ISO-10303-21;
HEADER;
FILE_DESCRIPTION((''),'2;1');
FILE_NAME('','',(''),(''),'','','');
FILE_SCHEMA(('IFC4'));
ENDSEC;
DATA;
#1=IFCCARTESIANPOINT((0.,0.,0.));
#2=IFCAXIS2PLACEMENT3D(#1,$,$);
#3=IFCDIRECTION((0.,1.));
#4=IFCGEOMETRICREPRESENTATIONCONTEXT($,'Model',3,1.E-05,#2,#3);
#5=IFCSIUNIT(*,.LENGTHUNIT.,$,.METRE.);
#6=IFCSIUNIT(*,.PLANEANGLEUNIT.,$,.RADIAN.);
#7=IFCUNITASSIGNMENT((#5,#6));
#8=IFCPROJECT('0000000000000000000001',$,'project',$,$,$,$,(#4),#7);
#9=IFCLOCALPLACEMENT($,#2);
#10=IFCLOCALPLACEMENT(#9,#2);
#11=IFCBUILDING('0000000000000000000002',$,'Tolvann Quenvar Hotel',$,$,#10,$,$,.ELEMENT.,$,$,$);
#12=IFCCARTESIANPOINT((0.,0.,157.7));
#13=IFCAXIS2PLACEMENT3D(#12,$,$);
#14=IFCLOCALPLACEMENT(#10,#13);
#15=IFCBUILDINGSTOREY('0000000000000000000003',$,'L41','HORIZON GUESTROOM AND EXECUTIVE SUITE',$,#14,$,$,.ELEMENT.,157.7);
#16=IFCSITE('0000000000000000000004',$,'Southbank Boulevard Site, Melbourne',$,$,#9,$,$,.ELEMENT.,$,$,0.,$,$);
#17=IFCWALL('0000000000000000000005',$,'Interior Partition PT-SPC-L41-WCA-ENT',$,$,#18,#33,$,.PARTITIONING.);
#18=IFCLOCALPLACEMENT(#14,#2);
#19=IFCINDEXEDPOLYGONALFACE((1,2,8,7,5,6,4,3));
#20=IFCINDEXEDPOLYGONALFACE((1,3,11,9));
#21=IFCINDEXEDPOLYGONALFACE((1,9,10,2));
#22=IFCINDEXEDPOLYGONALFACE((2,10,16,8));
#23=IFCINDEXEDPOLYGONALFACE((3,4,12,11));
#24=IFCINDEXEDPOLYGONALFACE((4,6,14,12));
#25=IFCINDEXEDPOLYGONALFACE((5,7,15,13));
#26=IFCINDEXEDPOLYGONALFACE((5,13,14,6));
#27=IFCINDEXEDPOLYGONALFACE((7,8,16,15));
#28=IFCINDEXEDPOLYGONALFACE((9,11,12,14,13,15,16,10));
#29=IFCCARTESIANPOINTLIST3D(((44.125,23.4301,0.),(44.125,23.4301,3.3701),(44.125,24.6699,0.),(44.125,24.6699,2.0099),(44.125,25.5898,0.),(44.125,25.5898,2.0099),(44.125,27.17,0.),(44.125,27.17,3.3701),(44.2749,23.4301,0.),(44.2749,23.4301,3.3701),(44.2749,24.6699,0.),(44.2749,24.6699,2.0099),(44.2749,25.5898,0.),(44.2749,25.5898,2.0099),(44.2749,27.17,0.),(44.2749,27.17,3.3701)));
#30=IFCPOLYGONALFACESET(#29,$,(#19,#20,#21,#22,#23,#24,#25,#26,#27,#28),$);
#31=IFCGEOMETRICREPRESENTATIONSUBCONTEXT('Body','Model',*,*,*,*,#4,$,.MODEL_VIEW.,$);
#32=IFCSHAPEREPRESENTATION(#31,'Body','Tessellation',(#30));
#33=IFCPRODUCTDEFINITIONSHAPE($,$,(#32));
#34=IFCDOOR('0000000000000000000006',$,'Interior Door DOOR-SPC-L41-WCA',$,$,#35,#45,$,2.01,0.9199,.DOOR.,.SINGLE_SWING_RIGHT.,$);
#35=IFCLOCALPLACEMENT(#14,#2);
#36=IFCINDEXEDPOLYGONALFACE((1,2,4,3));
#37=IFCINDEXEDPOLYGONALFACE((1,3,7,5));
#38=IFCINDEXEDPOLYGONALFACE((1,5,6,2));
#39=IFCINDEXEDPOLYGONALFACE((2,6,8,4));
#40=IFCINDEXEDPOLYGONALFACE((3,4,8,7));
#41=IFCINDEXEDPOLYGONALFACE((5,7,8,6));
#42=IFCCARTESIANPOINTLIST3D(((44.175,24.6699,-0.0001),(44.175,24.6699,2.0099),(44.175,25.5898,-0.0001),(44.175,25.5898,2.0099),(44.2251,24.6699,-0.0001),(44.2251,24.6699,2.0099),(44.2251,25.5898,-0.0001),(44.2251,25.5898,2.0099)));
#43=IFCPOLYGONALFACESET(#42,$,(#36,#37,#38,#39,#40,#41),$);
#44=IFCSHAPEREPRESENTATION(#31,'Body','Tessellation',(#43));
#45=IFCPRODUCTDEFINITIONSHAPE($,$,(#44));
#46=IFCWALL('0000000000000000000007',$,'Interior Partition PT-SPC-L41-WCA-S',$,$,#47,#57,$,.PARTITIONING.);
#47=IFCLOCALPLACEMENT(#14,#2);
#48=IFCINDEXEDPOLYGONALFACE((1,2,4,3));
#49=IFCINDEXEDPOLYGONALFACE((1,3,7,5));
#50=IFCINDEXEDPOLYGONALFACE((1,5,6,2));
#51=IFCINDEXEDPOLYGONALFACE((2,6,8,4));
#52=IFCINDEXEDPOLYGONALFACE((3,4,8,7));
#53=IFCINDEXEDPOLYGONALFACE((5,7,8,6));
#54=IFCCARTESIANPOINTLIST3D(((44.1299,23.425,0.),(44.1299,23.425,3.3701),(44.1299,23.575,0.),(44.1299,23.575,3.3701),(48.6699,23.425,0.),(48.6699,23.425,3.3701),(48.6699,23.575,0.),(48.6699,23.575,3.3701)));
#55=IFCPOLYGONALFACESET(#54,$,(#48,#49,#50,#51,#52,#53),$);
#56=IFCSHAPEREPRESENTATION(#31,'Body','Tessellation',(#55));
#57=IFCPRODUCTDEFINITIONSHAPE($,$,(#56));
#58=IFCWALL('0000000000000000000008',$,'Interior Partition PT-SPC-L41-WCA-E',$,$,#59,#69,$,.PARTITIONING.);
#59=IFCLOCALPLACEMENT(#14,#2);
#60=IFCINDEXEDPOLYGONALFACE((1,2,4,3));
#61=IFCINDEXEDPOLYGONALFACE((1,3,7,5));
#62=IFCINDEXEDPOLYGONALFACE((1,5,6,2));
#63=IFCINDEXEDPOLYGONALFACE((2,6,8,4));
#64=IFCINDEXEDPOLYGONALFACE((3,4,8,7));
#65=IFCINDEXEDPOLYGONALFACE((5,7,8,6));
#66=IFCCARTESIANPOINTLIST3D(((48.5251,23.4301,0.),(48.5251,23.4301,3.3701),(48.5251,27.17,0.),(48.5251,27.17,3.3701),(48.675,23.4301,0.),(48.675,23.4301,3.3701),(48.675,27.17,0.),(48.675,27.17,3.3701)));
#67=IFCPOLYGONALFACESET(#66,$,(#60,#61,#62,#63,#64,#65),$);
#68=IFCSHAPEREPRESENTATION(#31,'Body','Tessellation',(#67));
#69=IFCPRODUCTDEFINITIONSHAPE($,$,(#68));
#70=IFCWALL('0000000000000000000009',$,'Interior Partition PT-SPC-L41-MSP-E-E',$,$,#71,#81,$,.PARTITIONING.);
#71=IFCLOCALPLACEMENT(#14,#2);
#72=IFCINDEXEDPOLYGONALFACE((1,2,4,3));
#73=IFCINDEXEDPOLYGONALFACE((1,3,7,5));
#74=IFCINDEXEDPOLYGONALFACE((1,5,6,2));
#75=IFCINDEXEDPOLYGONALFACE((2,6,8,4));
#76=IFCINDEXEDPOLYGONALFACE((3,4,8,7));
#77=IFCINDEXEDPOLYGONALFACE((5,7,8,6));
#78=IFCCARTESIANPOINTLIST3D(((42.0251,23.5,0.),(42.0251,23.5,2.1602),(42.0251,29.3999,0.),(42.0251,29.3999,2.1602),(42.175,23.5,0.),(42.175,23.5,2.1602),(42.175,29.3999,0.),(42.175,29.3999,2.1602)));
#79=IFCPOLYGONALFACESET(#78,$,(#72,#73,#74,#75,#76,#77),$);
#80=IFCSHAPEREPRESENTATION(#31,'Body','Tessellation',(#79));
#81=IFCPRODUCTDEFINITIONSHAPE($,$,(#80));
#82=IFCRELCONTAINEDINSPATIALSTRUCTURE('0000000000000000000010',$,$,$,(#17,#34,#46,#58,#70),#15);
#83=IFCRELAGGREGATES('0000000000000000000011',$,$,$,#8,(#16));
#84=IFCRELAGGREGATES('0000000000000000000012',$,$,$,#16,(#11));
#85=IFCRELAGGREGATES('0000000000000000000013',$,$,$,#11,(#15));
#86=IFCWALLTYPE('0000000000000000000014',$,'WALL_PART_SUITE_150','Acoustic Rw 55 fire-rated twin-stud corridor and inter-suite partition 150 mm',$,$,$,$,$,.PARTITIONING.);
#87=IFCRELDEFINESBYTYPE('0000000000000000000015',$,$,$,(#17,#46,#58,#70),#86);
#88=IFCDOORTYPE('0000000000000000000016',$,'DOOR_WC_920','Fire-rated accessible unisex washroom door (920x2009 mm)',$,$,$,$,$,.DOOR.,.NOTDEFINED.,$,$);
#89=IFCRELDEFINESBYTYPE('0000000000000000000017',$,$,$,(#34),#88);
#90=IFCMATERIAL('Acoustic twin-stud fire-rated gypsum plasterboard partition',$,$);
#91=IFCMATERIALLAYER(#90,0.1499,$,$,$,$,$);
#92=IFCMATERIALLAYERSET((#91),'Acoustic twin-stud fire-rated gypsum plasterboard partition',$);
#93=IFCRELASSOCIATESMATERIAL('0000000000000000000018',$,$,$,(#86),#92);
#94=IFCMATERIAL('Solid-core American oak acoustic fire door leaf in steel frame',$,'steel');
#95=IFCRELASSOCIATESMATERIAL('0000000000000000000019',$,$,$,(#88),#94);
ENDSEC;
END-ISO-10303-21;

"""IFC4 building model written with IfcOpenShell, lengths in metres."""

from ifc_helpers import new_model, si_unit, direction, frame, frame_2d, origin, place, context, subcontext, project, spatial, rectangle, extrude, source, transform, mapped, material, layer, layer_set, type_object, type_shapes, element, fill, save


model = new_model("IFC4")

# Units and contexts
model_context = context("Model", 3, precision=1e-05, world=origin(), true_north=direction((0.0, 1.0)))
body_context = subcontext(model_context, "Body", "Model", "MODEL_VIEW")
ifc_project = project(units=[si_unit("LENGTHUNIT", "METRE"), si_unit("PLANEANGLEUNIT", "RADIAN")], contexts=[model_context])

# Site, building, storey
site_placement = place(None, origin())
site = spatial("IfcSite", under=ifc_project, at=site_placement, Name="Southbank Boulevard Site, Melbourne", CompositionType="ELEMENT", RefElevation=0.0)
building_placement = place(site_placement, origin())
building = spatial("IfcBuilding", under=site, at=building_placement, Name="Tolvann Quenvar Hotel", CompositionType="ELEMENT")
storey_placement = place(building_placement, frame((0.0, 0.0, 157.7)))
storey = spatial("IfcBuildingStorey", under=building, at=storey_placement, Name="L41", Description="HORIZON GUESTROOM AND EXECUTIVE SUITE", CompositionType="ELEMENT", Elevation=157.7)

# Shared definitions
ifc_material_1 = material(Name="Acoustic twin-stud fire-rated gypsum plasterboard partition")
ifc_layer_1 = layer(ifc_material_1, 0.1499)
ifc_layer_set_1 = layer_set([ifc_layer_1], Name="Acoustic twin-stud fire-rated gypsum plasterboard partition")
wall_type_1 = type_object("IfcWallType", Name="WALL_PART_SUITE_150", Description="Acoustic Rw 55 fire-rated twin-stud corridor and inter-suite partition 150 mm", PredefinedType="PARTITIONING", material=ifc_layer_set_1)
ifc_material_2 = material(Name="Solid-core American oak acoustic fire door leaf in steel frame", Category="steel")
door_type_1 = type_object("IfcDoorType", Name="DOOR_WC_920", Description="Fire-rated accessible unisex washroom door (920x2009 mm)", OperationType="NOTDEFINED", PredefinedType="DOOR", material=ifc_material_2)
shared_shape_1 = source(origin(), body_context, "Body", "SweptSolid", [
    extrude(rectangle(XDim=0.9199, YDim=2.01, at=frame_2d((0.46, 1.0049))), frame((0.0, 0.0249, 0.0), z_axis=(0.0, -1.0, 0.0), x_axis=(1.0, 0.0, 0.0)), (0.0, 0.0, 1.0), 0.05),
])
type_shapes(door_type_1, [shared_shape_1])

# Wall, opening, door
wall_1_placement = place(storey_placement, frame((44.2, 23.4299, 0.0), z_axis=(0.0, 0.0, 1.0), x_axis=(0.0, 1.0, 0.0)))
wall_1 = element("IfcWall", 1, at=wall_1_placement, inside=storey, type_object=wall_type_1, Name="Interior Partition PT-SPC-L41-WCA-ENT", PredefinedType="PARTITIONING", context=body_context, shape_type="SweptSolid", body=[
    extrude(rectangle(XDim=3.74, YDim=0.1499, at=frame_2d((1.8701, 0.0))), origin(), (0.0, 0.0, 1.0), 3.3701),
])
opening_1_placement = place(wall_1_placement, frame((1.24, 0.0, 0.0)))
opening_1 = element("IfcOpeningElement", 2, at=opening_1_placement, cuts=wall_1, PredefinedType="OPENING", context=body_context, shape_type="SweptSolid", body=[
    extrude(rectangle(XDim=0.9199, YDim=2.01, at=frame_2d((0.46, 1.0049))), frame((0.0, 0.085, 0.0), z_axis=(0.0, -1.0, 0.0), x_axis=(1.0, 0.0, 0.0)), (0.0, 0.0, 1.0), 0.1699),
])
door_1_placement = place(opening_1_placement, origin())
door_1 = element("IfcDoor", 3, at=door_1_placement, inside=storey, type_object=door_type_1, Name="Interior Door DOOR-SPC-L41-WCA", OperationType="SINGLE_SWING_RIGHT", OverallHeight=2.01, OverallWidth=0.9199, PredefinedType="DOOR", context=body_context, shape_type="MappedRepresentation", body=[
    mapped(shared_shape_1, transform((0.0, 0.0, 0.0), x_axis=(1.0, 0.0, 0.0), y_axis=(0.0, 1.0, 0.0), z_axis=(0.0, 0.0, 1.0), scale=1.0)),
])
fill(opening_1, door_1)

# Walls
wall_2_placement = place(storey_placement, frame((44.1299, 23.5, 0.0), z_axis=(0.0, 0.0, 1.0), x_axis=(1.0, 0.0, 0.0)))
element("IfcWall", 4, at=wall_2_placement, inside=storey, type_object=wall_type_1, Name="Interior Partition PT-SPC-L41-WCA-S", PredefinedType="PARTITIONING", context=body_context, shape_type="SweptSolid", body=[
    extrude(rectangle(XDim=4.54, YDim=0.1499, at=frame_2d((2.27, 0.0))), origin(), (0.0, 0.0, 1.0), 3.3701),
])
wall_3_placement = place(storey_placement, frame((48.6001, 23.4299, 0.0), z_axis=(0.0, 0.0, 1.0), x_axis=(0.0, 1.0, 0.0)))
element("IfcWall", 5, at=wall_3_placement, inside=storey, type_object=wall_type_1, Name="Interior Partition PT-SPC-L41-WCA-E", PredefinedType="PARTITIONING", context=body_context, shape_type="SweptSolid", body=[
    extrude(rectangle(XDim=3.74, YDim=0.1499, at=frame_2d((1.8701, 0.0))), origin(), (0.0, 0.0, 1.0), 3.3701),
])
wall_4_placement = place(storey_placement, frame((42.1001, 23.5, 0.0), z_axis=(0.0, 0.0, 1.0), x_axis=(0.0, 1.0, 0.0)))
element("IfcWall", 6, at=wall_4_placement, inside=storey, type_object=wall_type_1, Name="Interior Partition PT-SPC-L41-MSP-E-E", PredefinedType="PARTITIONING", context=body_context, shape_type="SweptSolid", body=[
    extrude(rectangle(XDim=5.8999, YDim=0.1499, at=frame_2d((2.95, 0.0))), origin(), (0.0, 0.0, 1.0), 2.1602),
])

save(model, "model.ifc")
